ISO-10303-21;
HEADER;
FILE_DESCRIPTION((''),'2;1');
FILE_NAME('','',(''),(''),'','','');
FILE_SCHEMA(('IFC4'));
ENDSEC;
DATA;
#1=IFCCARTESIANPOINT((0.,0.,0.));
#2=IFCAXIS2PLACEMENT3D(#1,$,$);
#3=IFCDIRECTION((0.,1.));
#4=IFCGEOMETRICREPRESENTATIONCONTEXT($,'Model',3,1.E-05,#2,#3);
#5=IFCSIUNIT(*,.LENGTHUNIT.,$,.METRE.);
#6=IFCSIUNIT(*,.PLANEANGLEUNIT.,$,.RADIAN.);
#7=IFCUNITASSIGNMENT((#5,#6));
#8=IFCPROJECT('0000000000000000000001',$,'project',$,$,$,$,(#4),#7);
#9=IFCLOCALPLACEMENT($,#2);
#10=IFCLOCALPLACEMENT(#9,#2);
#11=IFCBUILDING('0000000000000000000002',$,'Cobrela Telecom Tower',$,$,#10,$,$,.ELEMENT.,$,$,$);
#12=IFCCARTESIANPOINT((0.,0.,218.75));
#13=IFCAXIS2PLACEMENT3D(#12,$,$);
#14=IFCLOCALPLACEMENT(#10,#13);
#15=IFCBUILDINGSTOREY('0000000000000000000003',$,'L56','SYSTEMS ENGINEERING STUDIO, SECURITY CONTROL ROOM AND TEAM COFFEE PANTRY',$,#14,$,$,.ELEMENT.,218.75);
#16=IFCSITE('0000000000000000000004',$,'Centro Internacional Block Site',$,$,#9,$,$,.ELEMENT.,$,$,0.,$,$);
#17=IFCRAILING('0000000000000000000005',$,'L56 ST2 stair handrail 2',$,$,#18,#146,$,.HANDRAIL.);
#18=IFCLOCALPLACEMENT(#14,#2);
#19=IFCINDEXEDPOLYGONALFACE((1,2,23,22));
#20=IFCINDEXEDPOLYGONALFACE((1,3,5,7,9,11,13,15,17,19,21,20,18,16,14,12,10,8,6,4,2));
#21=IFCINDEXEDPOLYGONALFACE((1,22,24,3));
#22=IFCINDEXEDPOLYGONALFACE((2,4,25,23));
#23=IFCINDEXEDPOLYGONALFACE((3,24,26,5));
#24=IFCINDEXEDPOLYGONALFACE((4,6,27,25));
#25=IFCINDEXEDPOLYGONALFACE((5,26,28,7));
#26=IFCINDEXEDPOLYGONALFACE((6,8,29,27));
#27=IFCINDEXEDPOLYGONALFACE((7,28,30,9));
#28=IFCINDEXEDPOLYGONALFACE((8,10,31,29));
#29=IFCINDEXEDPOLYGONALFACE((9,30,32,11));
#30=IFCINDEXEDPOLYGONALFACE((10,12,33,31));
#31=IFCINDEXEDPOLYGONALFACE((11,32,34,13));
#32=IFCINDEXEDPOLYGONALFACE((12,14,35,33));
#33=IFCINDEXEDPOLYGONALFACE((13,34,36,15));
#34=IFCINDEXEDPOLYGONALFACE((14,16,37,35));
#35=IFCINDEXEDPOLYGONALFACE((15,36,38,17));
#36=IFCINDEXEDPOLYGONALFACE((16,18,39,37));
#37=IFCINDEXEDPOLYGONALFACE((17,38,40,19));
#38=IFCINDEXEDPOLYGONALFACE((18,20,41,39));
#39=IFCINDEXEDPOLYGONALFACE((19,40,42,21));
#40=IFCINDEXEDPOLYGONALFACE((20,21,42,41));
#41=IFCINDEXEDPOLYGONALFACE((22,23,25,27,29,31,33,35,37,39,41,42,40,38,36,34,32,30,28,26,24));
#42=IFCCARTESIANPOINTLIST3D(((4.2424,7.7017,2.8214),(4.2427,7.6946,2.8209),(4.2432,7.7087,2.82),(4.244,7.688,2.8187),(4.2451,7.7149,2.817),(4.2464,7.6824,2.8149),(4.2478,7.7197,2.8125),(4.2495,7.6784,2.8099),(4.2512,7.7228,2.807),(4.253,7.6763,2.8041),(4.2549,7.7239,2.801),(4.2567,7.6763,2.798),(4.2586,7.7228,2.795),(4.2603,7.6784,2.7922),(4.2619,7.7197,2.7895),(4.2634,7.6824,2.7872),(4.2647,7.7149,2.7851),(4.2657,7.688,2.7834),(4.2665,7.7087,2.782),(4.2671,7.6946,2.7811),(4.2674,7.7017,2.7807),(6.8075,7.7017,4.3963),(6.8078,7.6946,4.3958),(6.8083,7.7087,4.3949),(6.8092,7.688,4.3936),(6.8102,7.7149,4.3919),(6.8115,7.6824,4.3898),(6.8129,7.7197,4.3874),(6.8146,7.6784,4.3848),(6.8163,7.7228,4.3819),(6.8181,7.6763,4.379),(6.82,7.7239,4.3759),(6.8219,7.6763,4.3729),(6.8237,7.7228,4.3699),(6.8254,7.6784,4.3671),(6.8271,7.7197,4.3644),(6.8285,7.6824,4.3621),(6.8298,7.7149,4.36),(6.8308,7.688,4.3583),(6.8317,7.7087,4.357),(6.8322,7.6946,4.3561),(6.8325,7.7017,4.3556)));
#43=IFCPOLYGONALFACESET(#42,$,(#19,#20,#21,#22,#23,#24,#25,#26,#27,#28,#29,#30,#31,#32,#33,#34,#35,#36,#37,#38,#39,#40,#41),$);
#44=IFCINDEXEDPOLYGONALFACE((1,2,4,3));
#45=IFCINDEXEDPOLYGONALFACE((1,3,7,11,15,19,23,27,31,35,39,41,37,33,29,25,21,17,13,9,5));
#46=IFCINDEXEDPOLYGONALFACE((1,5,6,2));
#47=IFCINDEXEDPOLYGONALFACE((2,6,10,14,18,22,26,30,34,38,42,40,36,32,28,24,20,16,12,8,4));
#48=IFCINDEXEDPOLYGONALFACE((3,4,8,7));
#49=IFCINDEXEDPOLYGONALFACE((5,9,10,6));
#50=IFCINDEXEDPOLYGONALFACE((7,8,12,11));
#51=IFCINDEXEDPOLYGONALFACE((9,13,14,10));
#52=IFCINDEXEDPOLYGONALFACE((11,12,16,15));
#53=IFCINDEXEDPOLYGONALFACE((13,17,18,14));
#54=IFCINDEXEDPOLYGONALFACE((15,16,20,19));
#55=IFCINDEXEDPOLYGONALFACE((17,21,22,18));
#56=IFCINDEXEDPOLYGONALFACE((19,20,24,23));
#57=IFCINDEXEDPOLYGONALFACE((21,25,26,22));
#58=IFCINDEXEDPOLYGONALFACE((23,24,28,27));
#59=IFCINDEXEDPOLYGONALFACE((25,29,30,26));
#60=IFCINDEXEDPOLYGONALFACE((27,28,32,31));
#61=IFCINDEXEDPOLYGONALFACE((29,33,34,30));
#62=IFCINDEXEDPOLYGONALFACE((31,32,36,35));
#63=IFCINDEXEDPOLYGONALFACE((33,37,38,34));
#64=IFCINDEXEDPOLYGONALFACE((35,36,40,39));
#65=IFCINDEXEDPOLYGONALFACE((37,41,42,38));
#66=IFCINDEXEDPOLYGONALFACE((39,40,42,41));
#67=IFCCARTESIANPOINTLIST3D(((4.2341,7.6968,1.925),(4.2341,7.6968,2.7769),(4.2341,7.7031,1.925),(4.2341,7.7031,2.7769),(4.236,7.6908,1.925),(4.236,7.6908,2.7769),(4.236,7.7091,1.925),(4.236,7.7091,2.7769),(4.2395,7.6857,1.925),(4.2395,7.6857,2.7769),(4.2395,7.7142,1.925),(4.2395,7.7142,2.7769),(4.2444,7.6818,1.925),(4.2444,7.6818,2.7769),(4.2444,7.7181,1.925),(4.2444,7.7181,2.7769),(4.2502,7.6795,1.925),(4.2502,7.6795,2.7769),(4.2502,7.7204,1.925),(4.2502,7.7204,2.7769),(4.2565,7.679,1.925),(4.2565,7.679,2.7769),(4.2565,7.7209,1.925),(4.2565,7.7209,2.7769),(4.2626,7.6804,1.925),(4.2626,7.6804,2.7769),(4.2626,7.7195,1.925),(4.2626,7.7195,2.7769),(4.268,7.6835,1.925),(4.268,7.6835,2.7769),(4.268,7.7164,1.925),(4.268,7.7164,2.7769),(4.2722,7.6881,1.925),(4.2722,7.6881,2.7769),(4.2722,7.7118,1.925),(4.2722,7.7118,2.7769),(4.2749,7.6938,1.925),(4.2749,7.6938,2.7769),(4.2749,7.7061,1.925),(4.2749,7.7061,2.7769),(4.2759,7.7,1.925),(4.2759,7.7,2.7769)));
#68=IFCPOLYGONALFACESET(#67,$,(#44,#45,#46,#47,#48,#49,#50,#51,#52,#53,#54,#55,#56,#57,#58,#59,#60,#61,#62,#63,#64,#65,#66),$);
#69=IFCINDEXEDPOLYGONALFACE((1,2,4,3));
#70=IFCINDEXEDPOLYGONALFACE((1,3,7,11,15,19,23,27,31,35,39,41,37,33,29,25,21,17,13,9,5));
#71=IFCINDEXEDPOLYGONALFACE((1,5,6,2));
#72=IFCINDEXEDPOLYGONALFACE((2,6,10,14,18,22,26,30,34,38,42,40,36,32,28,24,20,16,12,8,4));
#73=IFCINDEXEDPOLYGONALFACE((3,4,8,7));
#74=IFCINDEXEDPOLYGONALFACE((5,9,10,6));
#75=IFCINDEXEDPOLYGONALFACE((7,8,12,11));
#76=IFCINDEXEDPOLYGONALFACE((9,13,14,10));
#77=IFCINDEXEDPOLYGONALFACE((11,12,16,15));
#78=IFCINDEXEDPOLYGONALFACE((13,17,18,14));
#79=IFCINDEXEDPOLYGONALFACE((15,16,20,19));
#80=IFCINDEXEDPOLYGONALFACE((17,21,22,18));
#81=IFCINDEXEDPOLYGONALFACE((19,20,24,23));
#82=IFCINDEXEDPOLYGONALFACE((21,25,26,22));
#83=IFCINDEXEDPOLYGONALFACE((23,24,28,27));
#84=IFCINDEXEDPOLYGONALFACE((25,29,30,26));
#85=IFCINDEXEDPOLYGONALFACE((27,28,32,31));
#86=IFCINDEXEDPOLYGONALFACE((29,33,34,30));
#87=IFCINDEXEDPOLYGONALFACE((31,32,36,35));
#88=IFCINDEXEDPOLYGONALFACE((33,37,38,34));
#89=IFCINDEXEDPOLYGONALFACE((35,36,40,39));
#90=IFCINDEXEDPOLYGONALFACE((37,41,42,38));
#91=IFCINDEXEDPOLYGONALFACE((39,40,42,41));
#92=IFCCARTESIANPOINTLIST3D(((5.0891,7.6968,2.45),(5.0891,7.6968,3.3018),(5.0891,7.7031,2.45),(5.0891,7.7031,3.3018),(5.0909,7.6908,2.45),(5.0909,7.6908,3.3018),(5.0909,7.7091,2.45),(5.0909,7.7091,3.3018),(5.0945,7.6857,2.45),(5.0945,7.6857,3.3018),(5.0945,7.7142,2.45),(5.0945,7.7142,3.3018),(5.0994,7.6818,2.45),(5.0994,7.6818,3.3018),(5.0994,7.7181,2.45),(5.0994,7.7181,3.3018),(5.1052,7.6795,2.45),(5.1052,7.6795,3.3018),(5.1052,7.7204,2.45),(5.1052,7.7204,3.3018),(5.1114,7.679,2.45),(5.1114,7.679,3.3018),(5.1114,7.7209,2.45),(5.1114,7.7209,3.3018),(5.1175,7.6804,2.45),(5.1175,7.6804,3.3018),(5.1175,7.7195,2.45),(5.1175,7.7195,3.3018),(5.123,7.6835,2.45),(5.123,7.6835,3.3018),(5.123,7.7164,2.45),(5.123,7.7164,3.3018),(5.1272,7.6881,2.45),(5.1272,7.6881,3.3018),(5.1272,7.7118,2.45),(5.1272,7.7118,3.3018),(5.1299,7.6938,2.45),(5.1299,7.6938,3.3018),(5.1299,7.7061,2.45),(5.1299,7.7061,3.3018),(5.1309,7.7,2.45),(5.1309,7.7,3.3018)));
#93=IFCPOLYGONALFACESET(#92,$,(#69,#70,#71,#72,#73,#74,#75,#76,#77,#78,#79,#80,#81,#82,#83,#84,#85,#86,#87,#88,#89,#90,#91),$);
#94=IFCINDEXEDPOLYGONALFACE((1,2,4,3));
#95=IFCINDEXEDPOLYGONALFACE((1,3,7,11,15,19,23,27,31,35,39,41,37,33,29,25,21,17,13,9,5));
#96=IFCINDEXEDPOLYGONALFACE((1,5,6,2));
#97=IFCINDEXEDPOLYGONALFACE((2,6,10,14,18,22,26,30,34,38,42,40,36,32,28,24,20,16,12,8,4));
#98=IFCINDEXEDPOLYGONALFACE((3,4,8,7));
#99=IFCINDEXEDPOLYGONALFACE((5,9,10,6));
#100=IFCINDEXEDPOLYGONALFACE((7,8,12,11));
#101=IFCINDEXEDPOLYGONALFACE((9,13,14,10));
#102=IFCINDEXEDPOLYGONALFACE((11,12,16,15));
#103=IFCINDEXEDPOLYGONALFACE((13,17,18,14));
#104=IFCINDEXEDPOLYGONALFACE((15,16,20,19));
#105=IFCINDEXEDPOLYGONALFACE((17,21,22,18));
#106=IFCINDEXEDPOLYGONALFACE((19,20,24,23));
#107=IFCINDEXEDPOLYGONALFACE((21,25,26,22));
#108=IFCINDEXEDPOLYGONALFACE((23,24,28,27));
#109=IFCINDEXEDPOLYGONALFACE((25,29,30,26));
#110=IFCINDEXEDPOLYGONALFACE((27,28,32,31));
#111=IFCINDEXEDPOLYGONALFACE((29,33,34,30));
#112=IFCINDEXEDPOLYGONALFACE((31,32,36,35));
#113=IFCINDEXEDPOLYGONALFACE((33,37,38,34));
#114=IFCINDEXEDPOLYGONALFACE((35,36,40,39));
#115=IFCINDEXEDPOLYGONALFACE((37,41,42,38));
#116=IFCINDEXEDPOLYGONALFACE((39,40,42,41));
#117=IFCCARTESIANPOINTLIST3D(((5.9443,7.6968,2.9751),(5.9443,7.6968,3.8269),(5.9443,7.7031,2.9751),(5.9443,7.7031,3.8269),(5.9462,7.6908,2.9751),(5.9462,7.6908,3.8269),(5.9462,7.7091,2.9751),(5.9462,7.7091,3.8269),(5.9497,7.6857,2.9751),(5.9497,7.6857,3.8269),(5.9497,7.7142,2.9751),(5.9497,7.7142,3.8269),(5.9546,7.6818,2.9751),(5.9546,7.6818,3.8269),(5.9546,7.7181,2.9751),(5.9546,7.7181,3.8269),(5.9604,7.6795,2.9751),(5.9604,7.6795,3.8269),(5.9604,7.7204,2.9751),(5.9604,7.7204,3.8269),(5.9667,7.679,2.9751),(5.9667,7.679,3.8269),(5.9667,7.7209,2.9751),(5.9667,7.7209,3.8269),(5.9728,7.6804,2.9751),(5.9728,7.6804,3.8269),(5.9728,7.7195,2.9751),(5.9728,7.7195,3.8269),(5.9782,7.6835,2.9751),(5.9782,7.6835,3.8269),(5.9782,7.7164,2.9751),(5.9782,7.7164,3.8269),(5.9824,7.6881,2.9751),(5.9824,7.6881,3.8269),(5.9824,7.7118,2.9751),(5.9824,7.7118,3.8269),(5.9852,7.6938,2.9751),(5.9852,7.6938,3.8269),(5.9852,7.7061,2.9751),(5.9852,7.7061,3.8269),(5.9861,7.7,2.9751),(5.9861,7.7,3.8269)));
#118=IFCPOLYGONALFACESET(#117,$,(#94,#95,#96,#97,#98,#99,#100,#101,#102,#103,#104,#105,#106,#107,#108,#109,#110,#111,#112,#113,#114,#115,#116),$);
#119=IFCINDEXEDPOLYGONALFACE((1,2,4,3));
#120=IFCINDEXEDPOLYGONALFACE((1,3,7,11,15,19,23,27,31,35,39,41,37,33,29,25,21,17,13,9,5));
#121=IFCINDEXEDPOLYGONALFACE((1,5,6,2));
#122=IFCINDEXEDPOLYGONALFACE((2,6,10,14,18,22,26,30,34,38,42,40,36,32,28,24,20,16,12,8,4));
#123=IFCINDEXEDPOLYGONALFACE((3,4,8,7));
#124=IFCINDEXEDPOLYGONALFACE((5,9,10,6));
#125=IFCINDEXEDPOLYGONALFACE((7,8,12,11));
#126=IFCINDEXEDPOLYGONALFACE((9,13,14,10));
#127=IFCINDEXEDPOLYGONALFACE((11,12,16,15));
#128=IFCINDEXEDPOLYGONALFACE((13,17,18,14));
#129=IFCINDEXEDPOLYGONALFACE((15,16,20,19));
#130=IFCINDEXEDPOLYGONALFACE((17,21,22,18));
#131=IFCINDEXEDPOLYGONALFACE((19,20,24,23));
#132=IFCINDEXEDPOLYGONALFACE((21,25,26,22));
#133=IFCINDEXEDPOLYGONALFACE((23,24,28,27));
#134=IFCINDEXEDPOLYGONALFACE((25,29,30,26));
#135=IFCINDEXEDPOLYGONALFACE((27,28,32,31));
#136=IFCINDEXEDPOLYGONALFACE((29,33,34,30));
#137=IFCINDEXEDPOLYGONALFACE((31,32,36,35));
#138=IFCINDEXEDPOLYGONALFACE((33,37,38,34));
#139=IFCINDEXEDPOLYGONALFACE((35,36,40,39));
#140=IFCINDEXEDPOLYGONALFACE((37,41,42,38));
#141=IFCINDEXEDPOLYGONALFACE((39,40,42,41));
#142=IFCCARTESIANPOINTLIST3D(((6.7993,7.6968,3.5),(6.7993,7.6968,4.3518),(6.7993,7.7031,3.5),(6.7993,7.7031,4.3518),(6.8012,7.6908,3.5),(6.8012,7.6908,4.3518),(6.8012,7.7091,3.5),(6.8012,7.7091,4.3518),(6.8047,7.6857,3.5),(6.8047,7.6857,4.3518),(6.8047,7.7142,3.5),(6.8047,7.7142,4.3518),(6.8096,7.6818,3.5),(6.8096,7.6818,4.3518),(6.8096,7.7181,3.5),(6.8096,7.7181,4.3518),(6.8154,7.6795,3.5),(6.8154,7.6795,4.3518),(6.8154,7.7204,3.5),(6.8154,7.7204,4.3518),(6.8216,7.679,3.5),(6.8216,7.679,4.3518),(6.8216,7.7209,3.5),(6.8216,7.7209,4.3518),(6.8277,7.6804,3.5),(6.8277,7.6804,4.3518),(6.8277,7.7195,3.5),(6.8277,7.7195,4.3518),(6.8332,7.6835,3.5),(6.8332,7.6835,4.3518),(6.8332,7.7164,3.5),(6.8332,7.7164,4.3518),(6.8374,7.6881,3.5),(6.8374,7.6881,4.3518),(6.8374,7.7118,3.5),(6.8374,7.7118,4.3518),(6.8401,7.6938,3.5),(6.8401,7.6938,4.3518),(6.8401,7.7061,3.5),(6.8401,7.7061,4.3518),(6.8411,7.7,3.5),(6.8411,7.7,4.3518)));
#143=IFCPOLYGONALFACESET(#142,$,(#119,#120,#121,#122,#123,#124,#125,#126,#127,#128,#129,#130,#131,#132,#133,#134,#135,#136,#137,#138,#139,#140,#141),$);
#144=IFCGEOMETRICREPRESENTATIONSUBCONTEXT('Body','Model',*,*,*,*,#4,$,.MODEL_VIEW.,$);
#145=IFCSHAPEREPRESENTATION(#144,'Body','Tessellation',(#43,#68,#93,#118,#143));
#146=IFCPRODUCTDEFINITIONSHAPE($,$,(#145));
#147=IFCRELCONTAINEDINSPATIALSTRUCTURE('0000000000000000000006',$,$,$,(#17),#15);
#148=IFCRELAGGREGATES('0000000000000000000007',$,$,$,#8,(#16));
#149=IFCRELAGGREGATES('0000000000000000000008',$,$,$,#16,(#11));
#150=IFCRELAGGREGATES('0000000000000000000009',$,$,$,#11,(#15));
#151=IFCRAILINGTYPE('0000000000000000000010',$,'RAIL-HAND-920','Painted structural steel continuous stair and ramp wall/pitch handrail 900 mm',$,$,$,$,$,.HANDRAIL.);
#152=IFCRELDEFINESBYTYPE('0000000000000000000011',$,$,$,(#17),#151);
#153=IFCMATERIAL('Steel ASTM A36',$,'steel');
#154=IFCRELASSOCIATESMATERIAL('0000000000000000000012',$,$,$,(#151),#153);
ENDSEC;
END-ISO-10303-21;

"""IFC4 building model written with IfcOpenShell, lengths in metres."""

from ifc_helpers import new_model, si_unit, direction, frame, origin, origin_2d, place, context, subcontext, project, spatial, circle, extrude, material, type_object, element, save


model = new_model("IFC4")

# Units and contexts
model_context = context("Model", 3, precision=1e-05, world=origin(), true_north=direction((0.0, 1.0)))
body_context = subcontext(model_context, "Body", "Model", "MODEL_VIEW")
ifc_project = project(units=[si_unit("LENGTHUNIT", "METRE"), si_unit("PLANEANGLEUNIT", "RADIAN")], contexts=[model_context])

# Site, building, storey
site_placement = place(None, origin())
site = spatial("IfcSite", under=ifc_project, at=site_placement, Name="Centro Internacional Block Site", CompositionType="ELEMENT", RefElevation=0.0)
building_placement = place(site_placement, origin())
building = spatial("IfcBuilding", under=site, at=building_placement, Name="Cobrela Telecom Tower", CompositionType="ELEMENT")
storey_placement = place(building_placement, frame((0.0, 0.0, 218.75)))
storey = spatial("IfcBuildingStorey", under=building, at=storey_placement, Name="L56", Description="SYSTEMS ENGINEERING STUDIO, SECURITY CONTROL ROOM AND TEAM COFFEE PANTRY", CompositionType="ELEMENT", Elevation=218.75)

# Railing
ifc_material_1 = material(Name="Steel ASTM A36", Category="steel")
railing_type = type_object("IfcRailingType", Name="RAIL-HAND-920", Description="Painted structural steel continuous stair and ramp wall/pitch handrail 900 mm", PredefinedType="HANDRAIL", material=ifc_material_1)
railing_placement = place(storey_placement, frame((4.2549, 7.7, 1.925)))
element("IfcRailing", 1, at=railing_placement, inside=storey, type_object=railing_type, Name="L56 ST2 stair handrail 2", PredefinedType="HANDRAIL", context=body_context, shape_type="SweptSolid", body=[
    extrude(circle(Radius=0.0239, at=origin_2d()), frame((0.0, 0.0, 0.876), z_axis=(0.852195, 0.0, 0.523224), x_axis=(0.0, 1.0, 0.0)), (0.0, 0.0, 1.0), 3.01),
    extrude(circle(Radius=0.021, at=origin_2d()), origin(), (0.0, 0.0, 1.0), 0.8518),
    extrude(circle(Radius=0.021, at=origin_2d()), frame((0.855, 0.0, 0.5249)), (0.0, 0.0, 1.0), 0.8518),
    extrude(circle(Radius=0.021, at=origin_2d()), frame((1.7102, 0.0, 1.05)), (0.0, 0.0, 1.0), 0.8518),
    extrude(circle(Radius=0.021, at=origin_2d()), frame((2.5652, 0.0, 1.575)), (0.0, 0.0, 1.0), 0.8518),
])

save(model, "model.ifc")
